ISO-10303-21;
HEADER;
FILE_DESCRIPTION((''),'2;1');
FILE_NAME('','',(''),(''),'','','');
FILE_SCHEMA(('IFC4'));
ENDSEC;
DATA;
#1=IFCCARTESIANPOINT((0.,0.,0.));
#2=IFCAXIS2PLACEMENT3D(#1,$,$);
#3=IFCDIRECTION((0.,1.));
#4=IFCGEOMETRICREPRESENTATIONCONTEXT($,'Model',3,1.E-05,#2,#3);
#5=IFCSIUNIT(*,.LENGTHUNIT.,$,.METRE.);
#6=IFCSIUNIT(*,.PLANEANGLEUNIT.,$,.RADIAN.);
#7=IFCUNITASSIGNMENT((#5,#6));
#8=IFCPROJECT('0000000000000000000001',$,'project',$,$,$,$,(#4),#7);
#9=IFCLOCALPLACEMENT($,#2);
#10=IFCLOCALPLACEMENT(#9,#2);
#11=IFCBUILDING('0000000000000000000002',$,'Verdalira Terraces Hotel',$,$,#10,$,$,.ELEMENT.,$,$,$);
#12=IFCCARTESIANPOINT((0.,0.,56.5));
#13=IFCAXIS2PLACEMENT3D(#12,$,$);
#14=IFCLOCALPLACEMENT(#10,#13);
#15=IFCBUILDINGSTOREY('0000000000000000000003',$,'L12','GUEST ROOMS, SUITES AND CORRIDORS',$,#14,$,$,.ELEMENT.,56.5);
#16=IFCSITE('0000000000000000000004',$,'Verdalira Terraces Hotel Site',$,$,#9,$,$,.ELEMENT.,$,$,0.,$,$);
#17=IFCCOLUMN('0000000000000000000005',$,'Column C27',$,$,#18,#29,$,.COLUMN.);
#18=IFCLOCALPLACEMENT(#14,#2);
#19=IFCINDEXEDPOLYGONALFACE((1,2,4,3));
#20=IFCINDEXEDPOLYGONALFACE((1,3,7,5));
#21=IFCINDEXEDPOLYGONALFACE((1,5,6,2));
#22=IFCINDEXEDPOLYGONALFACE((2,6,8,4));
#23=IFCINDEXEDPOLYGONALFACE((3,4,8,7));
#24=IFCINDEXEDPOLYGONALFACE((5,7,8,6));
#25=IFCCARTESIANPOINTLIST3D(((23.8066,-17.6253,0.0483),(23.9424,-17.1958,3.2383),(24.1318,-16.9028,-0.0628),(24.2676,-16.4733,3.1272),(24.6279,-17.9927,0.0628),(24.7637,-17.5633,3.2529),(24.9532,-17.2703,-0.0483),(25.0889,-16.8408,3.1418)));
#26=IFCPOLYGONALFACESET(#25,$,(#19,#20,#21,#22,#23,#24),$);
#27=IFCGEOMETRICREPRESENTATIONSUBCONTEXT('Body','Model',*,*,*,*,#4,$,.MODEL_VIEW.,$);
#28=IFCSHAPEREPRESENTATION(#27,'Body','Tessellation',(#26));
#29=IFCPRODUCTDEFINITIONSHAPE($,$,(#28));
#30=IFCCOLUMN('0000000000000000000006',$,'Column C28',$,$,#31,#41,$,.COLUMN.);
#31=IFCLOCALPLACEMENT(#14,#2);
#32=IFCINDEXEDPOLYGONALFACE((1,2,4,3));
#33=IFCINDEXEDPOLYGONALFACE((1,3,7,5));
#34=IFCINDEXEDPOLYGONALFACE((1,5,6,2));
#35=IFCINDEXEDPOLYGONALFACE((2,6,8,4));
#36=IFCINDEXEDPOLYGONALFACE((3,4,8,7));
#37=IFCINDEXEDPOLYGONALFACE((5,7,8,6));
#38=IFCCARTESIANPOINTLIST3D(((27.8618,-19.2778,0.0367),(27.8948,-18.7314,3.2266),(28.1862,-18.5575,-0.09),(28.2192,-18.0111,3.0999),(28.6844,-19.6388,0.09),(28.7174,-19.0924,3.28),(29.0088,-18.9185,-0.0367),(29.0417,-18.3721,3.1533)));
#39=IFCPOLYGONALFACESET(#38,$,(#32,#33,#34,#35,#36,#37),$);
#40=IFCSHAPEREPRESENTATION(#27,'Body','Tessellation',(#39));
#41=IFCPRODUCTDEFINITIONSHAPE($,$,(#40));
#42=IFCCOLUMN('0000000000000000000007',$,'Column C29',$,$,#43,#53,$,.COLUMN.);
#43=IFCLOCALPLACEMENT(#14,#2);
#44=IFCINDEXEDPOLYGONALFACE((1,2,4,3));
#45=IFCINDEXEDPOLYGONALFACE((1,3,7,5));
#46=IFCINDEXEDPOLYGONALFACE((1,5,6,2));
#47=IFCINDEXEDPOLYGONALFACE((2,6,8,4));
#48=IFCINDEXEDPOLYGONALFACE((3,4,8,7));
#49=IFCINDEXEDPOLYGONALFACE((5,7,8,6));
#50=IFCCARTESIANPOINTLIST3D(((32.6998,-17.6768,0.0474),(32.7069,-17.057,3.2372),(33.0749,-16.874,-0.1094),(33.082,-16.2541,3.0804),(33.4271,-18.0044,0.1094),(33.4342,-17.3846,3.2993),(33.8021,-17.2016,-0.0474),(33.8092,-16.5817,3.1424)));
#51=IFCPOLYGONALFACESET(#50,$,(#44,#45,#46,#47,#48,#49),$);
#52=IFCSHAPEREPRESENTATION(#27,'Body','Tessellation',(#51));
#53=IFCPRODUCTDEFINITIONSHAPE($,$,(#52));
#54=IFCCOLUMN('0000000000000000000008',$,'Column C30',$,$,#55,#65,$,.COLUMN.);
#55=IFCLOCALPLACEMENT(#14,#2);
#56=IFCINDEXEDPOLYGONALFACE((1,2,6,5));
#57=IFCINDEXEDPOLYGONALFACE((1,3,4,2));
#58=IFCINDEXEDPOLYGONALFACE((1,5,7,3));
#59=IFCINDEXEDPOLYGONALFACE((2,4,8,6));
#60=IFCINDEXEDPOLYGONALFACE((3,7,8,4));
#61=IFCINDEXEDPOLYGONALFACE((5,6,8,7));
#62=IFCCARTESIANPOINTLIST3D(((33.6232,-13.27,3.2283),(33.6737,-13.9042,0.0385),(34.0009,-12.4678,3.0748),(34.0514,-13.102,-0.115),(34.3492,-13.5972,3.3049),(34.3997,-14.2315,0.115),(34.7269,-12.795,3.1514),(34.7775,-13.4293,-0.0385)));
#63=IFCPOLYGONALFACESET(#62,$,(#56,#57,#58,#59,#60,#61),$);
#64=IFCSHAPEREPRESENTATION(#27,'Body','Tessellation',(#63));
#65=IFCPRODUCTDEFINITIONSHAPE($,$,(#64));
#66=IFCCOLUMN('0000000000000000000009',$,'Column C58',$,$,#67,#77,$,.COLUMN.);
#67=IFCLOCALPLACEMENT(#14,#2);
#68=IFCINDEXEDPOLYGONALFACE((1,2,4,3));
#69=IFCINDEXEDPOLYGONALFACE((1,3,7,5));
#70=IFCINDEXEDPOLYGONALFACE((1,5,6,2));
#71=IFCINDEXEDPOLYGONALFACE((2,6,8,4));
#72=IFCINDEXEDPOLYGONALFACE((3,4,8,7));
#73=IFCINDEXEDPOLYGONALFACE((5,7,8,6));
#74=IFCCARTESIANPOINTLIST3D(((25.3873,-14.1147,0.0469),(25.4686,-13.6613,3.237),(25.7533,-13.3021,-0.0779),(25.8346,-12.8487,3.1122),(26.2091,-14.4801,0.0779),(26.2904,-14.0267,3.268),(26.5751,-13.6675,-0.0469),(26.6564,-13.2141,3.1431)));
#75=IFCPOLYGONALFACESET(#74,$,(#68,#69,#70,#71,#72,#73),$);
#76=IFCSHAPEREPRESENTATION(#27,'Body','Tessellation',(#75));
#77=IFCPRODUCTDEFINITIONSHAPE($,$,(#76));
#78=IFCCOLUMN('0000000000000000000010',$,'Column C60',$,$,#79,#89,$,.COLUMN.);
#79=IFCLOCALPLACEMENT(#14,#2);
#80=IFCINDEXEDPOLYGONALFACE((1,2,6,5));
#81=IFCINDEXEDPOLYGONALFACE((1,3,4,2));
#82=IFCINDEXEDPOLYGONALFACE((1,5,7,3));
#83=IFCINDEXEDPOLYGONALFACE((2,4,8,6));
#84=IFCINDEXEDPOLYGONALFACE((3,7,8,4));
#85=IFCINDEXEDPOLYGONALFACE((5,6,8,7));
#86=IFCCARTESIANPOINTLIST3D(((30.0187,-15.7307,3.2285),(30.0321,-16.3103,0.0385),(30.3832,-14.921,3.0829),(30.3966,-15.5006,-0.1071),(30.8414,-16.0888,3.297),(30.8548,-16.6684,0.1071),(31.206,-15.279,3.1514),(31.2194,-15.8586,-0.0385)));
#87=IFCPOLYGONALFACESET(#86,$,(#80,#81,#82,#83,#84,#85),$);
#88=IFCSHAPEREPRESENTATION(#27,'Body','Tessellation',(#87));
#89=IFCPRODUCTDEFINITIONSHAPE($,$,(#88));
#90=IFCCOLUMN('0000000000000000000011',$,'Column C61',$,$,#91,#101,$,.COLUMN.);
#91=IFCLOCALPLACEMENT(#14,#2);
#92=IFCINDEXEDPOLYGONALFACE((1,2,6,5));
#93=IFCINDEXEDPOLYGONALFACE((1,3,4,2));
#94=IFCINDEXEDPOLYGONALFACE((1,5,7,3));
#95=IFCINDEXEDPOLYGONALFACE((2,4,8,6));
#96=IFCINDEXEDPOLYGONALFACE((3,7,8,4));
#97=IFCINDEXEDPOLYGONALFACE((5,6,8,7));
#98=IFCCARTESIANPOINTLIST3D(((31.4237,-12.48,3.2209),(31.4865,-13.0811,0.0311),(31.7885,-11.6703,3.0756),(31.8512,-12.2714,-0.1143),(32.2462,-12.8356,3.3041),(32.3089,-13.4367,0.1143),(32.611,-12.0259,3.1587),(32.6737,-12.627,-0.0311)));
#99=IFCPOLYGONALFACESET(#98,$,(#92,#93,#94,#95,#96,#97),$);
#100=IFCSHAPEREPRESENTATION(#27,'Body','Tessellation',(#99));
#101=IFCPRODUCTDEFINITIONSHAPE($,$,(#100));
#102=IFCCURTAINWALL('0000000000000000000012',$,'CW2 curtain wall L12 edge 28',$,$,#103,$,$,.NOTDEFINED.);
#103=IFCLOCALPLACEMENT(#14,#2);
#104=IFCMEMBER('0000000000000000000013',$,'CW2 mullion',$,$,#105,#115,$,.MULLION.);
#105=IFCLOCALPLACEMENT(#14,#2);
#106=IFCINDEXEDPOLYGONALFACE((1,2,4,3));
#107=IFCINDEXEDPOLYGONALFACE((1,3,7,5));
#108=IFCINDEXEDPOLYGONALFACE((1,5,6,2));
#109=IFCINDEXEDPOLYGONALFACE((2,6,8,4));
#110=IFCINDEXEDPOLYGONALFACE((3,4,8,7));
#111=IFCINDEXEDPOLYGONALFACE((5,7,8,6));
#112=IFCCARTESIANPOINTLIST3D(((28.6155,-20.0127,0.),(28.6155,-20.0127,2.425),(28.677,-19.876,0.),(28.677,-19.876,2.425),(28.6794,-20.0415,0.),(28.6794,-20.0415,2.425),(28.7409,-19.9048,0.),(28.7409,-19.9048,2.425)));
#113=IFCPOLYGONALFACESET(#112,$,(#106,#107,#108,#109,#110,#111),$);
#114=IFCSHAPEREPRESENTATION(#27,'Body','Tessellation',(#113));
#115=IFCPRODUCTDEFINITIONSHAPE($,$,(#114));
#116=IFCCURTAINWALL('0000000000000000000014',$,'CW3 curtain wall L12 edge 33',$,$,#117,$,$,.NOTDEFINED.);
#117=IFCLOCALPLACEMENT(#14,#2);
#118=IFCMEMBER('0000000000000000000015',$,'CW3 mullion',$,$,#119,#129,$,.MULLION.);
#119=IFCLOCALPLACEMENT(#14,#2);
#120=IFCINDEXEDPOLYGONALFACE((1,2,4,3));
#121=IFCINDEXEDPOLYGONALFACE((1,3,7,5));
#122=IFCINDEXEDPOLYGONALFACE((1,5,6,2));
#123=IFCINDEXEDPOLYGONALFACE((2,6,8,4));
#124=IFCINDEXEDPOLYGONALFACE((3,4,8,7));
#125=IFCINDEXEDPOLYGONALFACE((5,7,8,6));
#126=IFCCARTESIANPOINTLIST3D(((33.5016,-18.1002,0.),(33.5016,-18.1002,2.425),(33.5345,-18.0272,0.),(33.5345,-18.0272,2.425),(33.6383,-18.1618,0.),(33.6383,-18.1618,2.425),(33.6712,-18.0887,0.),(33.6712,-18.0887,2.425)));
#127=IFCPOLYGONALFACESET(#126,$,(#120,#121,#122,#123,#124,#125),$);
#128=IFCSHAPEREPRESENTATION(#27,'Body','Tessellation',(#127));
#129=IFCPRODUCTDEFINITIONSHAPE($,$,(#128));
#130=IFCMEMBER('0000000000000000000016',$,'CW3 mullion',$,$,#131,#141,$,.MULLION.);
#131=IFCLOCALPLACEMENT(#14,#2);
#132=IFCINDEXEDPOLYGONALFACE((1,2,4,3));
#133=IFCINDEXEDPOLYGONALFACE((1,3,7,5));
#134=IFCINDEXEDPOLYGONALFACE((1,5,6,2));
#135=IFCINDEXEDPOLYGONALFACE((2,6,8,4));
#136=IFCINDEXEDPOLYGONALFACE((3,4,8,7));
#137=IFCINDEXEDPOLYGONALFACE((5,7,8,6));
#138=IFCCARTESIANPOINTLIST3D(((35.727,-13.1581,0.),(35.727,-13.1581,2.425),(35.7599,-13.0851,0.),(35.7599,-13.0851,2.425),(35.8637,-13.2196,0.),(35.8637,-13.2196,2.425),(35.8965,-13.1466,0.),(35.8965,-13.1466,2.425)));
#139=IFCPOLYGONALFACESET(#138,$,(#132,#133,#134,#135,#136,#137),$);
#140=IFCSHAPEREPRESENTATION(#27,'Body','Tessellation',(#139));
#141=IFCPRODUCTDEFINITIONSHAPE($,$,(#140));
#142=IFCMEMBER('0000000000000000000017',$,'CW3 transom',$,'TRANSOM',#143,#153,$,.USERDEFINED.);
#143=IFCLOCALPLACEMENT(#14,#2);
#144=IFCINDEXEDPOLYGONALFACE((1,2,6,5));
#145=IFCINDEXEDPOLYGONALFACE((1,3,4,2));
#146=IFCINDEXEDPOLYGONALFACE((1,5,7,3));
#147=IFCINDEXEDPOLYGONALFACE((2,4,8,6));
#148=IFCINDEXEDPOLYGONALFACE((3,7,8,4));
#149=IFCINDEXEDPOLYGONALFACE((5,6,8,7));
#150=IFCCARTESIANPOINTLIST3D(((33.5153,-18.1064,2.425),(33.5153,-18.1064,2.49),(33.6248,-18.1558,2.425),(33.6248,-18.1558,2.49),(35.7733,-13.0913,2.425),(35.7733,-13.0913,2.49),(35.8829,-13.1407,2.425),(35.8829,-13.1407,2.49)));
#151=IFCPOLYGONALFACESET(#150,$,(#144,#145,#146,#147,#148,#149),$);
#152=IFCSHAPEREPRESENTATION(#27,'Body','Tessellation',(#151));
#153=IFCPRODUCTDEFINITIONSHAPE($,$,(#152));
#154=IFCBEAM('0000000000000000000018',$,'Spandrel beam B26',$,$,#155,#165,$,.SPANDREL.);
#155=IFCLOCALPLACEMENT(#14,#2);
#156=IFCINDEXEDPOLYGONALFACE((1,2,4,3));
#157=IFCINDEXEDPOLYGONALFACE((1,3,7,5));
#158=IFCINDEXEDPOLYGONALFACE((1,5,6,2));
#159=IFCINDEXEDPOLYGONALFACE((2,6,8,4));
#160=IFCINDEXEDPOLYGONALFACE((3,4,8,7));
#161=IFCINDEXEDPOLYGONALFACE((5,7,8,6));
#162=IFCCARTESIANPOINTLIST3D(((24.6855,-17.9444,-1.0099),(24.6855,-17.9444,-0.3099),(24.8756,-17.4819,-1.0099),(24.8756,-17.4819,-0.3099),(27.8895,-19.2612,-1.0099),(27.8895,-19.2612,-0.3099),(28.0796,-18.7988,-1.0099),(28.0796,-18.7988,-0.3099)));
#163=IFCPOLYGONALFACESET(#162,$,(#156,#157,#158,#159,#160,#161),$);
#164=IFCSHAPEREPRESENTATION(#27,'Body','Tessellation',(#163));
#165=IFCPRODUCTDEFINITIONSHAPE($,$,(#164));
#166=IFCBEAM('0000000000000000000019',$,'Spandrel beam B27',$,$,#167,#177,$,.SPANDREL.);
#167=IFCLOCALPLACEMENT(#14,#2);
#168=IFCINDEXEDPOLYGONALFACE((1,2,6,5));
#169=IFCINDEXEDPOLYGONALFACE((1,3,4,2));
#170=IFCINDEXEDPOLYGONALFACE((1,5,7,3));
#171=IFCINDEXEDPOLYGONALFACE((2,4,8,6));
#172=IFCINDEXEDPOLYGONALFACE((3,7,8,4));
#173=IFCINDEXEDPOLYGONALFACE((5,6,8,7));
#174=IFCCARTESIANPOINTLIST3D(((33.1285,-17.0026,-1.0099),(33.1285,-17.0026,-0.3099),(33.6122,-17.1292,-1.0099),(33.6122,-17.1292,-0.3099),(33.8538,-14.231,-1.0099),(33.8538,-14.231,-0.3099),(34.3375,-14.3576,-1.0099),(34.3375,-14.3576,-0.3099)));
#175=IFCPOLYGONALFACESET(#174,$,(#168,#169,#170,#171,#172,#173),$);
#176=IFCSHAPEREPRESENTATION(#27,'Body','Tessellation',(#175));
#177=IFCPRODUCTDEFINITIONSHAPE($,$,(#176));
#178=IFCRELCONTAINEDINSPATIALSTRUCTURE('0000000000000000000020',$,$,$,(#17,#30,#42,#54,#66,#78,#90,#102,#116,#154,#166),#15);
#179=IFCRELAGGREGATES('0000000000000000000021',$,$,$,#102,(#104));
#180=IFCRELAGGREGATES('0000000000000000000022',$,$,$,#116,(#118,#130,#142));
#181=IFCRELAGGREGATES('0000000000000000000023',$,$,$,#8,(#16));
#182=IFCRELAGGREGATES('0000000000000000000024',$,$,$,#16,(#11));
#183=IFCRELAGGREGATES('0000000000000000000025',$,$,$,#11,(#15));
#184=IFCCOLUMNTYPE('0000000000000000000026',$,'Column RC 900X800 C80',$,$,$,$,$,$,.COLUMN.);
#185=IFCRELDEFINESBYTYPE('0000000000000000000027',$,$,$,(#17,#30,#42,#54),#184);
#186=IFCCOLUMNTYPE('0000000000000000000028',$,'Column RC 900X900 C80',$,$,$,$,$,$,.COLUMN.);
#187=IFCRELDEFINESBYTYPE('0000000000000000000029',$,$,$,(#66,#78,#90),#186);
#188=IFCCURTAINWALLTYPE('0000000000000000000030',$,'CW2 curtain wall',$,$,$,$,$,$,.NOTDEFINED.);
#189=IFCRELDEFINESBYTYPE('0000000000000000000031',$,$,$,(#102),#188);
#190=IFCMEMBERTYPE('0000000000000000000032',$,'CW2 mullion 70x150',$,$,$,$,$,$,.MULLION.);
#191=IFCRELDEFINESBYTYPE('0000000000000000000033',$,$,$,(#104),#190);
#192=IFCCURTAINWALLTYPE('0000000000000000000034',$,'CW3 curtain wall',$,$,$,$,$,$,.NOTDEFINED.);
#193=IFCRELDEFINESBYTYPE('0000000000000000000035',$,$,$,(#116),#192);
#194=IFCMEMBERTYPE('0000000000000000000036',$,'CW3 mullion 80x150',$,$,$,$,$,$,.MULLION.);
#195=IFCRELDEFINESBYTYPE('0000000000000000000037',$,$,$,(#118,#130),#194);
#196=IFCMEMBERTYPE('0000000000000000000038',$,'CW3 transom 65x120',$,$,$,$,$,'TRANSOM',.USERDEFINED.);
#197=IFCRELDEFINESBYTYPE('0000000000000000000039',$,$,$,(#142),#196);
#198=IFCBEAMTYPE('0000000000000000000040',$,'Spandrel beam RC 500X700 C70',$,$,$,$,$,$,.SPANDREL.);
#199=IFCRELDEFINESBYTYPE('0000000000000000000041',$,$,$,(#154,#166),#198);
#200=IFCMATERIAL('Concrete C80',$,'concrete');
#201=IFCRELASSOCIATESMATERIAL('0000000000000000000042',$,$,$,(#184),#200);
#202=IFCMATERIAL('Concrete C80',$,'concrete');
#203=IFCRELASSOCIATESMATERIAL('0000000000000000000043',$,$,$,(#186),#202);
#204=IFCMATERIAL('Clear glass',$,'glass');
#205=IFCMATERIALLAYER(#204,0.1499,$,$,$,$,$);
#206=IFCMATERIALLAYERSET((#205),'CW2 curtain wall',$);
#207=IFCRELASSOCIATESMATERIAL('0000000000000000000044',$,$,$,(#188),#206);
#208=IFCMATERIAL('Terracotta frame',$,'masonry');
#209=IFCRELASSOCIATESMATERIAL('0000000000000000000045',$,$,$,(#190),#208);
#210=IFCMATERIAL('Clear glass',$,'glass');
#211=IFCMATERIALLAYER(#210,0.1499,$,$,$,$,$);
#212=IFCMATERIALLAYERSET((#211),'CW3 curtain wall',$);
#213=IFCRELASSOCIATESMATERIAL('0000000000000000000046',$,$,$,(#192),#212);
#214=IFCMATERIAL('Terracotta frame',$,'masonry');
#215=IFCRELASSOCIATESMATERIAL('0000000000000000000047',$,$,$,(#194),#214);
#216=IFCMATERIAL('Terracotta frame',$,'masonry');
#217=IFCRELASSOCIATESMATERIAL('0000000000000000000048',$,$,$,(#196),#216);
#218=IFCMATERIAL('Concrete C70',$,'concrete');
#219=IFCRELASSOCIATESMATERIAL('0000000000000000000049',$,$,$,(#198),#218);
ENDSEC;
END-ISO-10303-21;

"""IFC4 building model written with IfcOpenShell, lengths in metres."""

from ifc_helpers import new_model, si_unit, direction, frame, origin, origin_2d, place, context, subcontext, project, spatial, rectangle, extrude, material, layer, layer_set, material_profile, profile_set, type_object, element, aggregate, save


model = new_model("IFC4")

# Units and contexts
model_context = context("Model", 3, precision=1e-05, world=origin(), true_north=direction((0.0, 1.0)))
body_context = subcontext(model_context, "Body", "Model", "MODEL_VIEW")
ifc_project = project(units=[si_unit("LENGTHUNIT", "METRE"), si_unit("PLANEANGLEUNIT", "RADIAN")], contexts=[model_context])

# Site, building, storey
site_placement = place(None, origin())
site = spatial("IfcSite", under=ifc_project, at=site_placement, Name="Verdalira Terraces Hotel Site", CompositionType="ELEMENT", RefElevation=0.0)
building_placement = place(site_placement, origin())
building = spatial("IfcBuilding", under=site, at=building_placement, Name="Verdalira Terraces Hotel", CompositionType="ELEMENT")
storey_placement = place(building_placement, frame((0.0, 0.0, 56.5)))
storey = spatial("IfcBuildingStorey", under=building, at=storey_placement, Name="L12", Description="GUEST ROOMS, SUITES AND CORRIDORS", CompositionType="ELEMENT", Elevation=56.5)

# Columns
ifc_material_1 = material(Name="Concrete C80", Category="concrete")
ifc_material_profile_1 = material_profile(ifc_material_1, rectangle(XDim=0.8999, YDim=0.8, at=origin_2d()), Name="RC 900X800")
ifc_profile_set_1 = profile_set([ifc_material_profile_1], Name="Concrete C80")
column_type_1 = type_object("IfcColumnType", Name="Column RC 900X800 C80", PredefinedType="COLUMN", material=ifc_profile_set_1)
column_1_placement = place(storey_placement, frame((24.3799, -17.4478, 0.0), z_axis=(0.042135, 0.133302, 0.990179), x_axis=(0.912681, -0.408354, 0.016137)))
element("IfcColumn", 1, at=column_1_placement, inside=storey, type_object=column_type_1, Name="Column C27", PredefinedType="COLUMN", context=body_context, shape_type="SweptSolid", body=[
    extrude(rectangle(XDim=0.8999, YDim=0.8, at=origin_2d()), origin(), (0.0, 0.0, 1.0), 3.2217),
])
column_2_placement = place(storey_placement, frame((28.4353, -19.0981, 0.0), z_axis=(0.010183, 0.168817, 0.985595), x_axis=(0.914061, -0.401221, 0.059279)))
element("IfcColumn", 2, at=column_2_placement, inside=storey, type_object=column_type_1, Name="Column C28", PredefinedType="COLUMN", context=body_context, shape_type="SweptSolid", body=[
    extrude(rectangle(XDim=0.8999, YDim=0.8, at=origin_2d()), origin(), (0.0, 0.0, 1.0), 3.2366),
])
column_3_placement = place(storey_placement, frame((33.251, -17.4392, 0.0), z_axis=(0.002179, 0.190753, 0.981636), x_axis=(0.41676, 0.892152, -0.174289)))
element("IfcColumn", 3, at=column_3_placement, inside=storey, type_object=column_type_1, Name="Column C29", PredefinedType="COLUMN", context=body_context, shape_type="SweptSolid", body=[
    extrude(rectangle(XDim=0.8999, YDim=0.8, at=origin_2d()), origin(), (0.0, 0.0, 1.0), 3.2495),
])
column_4_placement = place(storey_placement, frame((34.2256, -13.6667, 0.0), z_axis=(-0.015537, 0.194995, 0.980681), x_axis=(0.419773, 0.891451, -0.170603)))
element("IfcColumn", 4, at=column_4_placement, inside=storey, type_object=column_type_1, Name="Column C30", PredefinedType="COLUMN", context=body_context, shape_type="SweptSolid", body=[
    extrude(rectangle(XDim=0.8999, YDim=0.8, at=origin_2d()), origin(), (0.0, 0.0, 1.0), 3.2527),
])
ifc_material_2 = material(Name="Concrete C80", Category="concrete")
ifc_material_profile_2 = material_profile(ifc_material_2, rectangle(XDim=0.8999, YDim=0.8999, at=origin_2d()), Name="RC 900X900")
ifc_profile_set_2 = profile_set([ifc_material_profile_2], Name="Concrete C80")
column_type_2 = type_object("IfcColumnType", Name="Column RC 900X900 C80", PredefinedType="COLUMN", material=ifc_profile_set_2)
column_5_placement = place(storey_placement, frame((25.9812, -13.8911, 0.0), z_axis=(0.025224, 0.140666, 0.989736), x_axis=(0.913223, -0.406003, 0.034429)))
element("IfcColumn", 5, at=column_5_placement, inside=storey, type_object=column_type_2, Name="Column C58", PredefinedType="COLUMN", context=body_context, shape_type="SweptSolid", body=[
    extrude(rectangle(XDim=0.8999, YDim=0.8999, at=origin_2d()), origin(), (0.0, 0.0, 1.0), 3.2231),
])
column_6_placement = place(storey_placement, frame((30.6257, -16.0845, 0.0), z_axis=(-0.004142, 0.178765, 0.983883), x_axis=(0.914267, -0.397892, 0.076143)))
element("IfcColumn", 6, at=column_6_placement, inside=storey, type_object=column_type_2, Name="Column C60", PredefinedType="COLUMN", context=body_context, shape_type="SweptSolid", body=[
    extrude(rectangle(XDim=0.8999, YDim=0.8999, at=origin_2d()), origin(), (0.0, 0.0, 1.0), 3.2422),
])
column_7_placement = place(storey_placement, frame((32.0801, -12.854, 0.0), z_axis=(-0.019326, 0.185135, 0.982523), x_axis=(0.913953, -0.395152, 0.092435)))
element("IfcColumn", 7, at=column_7_placement, inside=storey, type_object=column_type_2, Name="Column C61", PredefinedType="COLUMN", context=body_context, shape_type="SweptSolid", body=[
    extrude(rectangle(XDim=0.8999, YDim=0.8999, at=origin_2d()), origin(), (0.0, 0.0, 1.0), 3.2466),
])

# Curtain wall, member
ifc_material_3 = material(Name="Clear glass", Category="glass")
ifc_layer_1 = layer(ifc_material_3, 0.1499)
ifc_layer_set_1 = layer_set([ifc_layer_1], Name="CW2 curtain wall")
curtain_wall_type_1 = type_object("IfcCurtainWallType", Name="CW2 curtain wall", PredefinedType="NOTDEFINED", material=ifc_layer_set_1)
curtain_wall_1_placement = place(storey_placement, origin())
curtain_wall_1 = element("IfcCurtainWall", 8, at=curtain_wall_1_placement, inside=storey, type_object=curtain_wall_type_1, Name="CW2 curtain wall L12 edge 28", PredefinedType="NOTDEFINED")
ifc_material_4 = material(Name="Terracotta frame", Category="masonry")
ifc_material_profile_3 = material_profile(ifc_material_4, rectangle(XDim=0.0701, YDim=0.1499, at=origin_2d()), Name="MU 70x150")
ifc_profile_set_3 = profile_set([ifc_material_profile_3], Name="Terracotta frame")
member_type_1 = type_object("IfcMemberType", Name="CW2 mullion 70x150", PredefinedType="MULLION", material=ifc_profile_set_3)
member_1_placement = place(storey_placement, frame((28.6782, -19.9587, 0.0), z_axis=(0.0, 0.0, 1.0), x_axis=(0.911834, -0.41056, 0.0)))
member_1 = element("IfcMember", 9, at=member_1_placement, type_object=member_type_1, Name="CW2 mullion", PredefinedType="MULLION", context=body_context, shape_type="SweptSolid", body=[
    extrude(rectangle(XDim=0.0701, YDim=0.1499, at=origin_2d()), origin(), (0.0, 0.0, 1.0), 2.425),
])

# Curtain wall, members
ifc_material_5 = material(Name="Clear glass", Category="glass")
ifc_layer_2 = layer(ifc_material_5, 0.1499)
ifc_layer_set_2 = layer_set([ifc_layer_2], Name="CW3 curtain wall")
curtain_wall_type_2 = type_object("IfcCurtainWallType", Name="CW3 curtain wall", PredefinedType="NOTDEFINED", material=ifc_layer_set_2)
curtain_wall_2_placement = place(storey_placement, origin())
curtain_wall_2 = element("IfcCurtainWall", 10, at=curtain_wall_2_placement, inside=storey, type_object=curtain_wall_type_2, Name="CW3 curtain wall L12 edge 33", PredefinedType="NOTDEFINED")
ifc_material_6 = material(Name="Terracotta frame", Category="masonry")
ifc_material_profile_4 = material_profile(ifc_material_6, rectangle(XDim=0.0801, YDim=0.1499, at=origin_2d()), Name="MU 80x150")
ifc_profile_set_4 = profile_set([ifc_material_profile_4], Name="Terracotta frame")
member_type_2 = type_object("IfcMemberType", Name="CW3 mullion 80x150", PredefinedType="MULLION", material=ifc_profile_set_4)
member_2_placement = place(storey_placement, frame((33.5864, -18.0945, 0.0), z_axis=(0.0, 0.0, 1.0), x_axis=(0.41056, 0.911834, 0.0)))
member_2 = element("IfcMember", 11, at=member_2_placement, type_object=member_type_2, Name="CW3 mullion", PredefinedType="MULLION", context=body_context, shape_type="SweptSolid", body=[
    extrude(rectangle(XDim=0.0801, YDim=0.1499, at=origin_2d()), origin(), (0.0, 0.0, 1.0), 2.425),
])
member_3_placement = place(storey_placement, frame((35.8118, -13.1523, 0.0), z_axis=(0.0, 0.0, 1.0), x_axis=(0.41056, 0.911834, 0.0)))
member_3 = element("IfcMember", 12, at=member_3_placement, type_object=member_type_2, Name="CW3 mullion", PredefinedType="MULLION", context=body_context, shape_type="SweptSolid", body=[
    extrude(rectangle(XDim=0.0801, YDim=0.1499, at=origin_2d()), origin(), (0.0, 0.0, 1.0), 2.425),
])
ifc_material_7 = material(Name="Terracotta frame", Category="masonry")
ifc_material_profile_5 = material_profile(ifc_material_7, rectangle(XDim=0.1201, YDim=0.0649, at=origin_2d()), Name="TR 65x120")
ifc_profile_set_5 = profile_set([ifc_material_profile_5], Name="Terracotta frame")
member_type_3 = type_object("IfcMemberType", Name="CW3 transom 65x120", ElementType="TRANSOM", PredefinedType="USERDEFINED", material=ifc_profile_set_5)
member_4_placement = place(storey_placement, frame((33.5701, -18.1311, 2.4575), z_axis=(0.410553, 0.911837, 0.0), x_axis=(-0.911837, 0.410553, 0.0)))
member_4 = element("IfcMember", 13, at=member_4_placement, type_object=member_type_3, Name="CW3 transom", ObjectType="TRANSOM", PredefinedType="USERDEFINED", context=body_context, shape_type="SweptSolid", body=[
    extrude(rectangle(XDim=0.1201, YDim=0.0649, at=origin_2d()), origin(), (0.0, 0.0, 1.0), 5.5),
])

# Beams
ifc_material_8 = material(Name="Concrete C70", Category="concrete")
ifc_material_profile_6 = material_profile(ifc_material_8, rectangle(XDim=0.5, YDim=0.7, at=origin_2d()), Name="RC 500X700")
ifc_profile_set_6 = profile_set([ifc_material_profile_6], Name="Concrete C70")
beam_type = type_object("IfcBeamType", Name="Spandrel beam RC 500X700 C70", PredefinedType="SPANDREL", material=ifc_profile_set_6)
beam_1_placement = place(storey_placement, frame((24.7805, -17.7131, -0.6599), z_axis=(0.924926, -0.380147, 0.0), x_axis=(0.380147, 0.924926, 0.0)))
element("IfcBeam", 14, at=beam_1_placement, inside=storey, type_object=beam_type, Name="Spandrel beam B26", PredefinedType="SPANDREL", context=body_context, shape_type="SweptSolid", body=[
    extrude(rectangle(XDim=0.5, YDim=0.7, at=origin_2d()), origin(), (0.0, 0.0, 1.0), 3.4641),
])
beam_2_placement = place(storey_placement, frame((33.3704, -17.0659, -0.6599), z_axis=(0.253168, 0.967422, 0.0), x_axis=(-0.967422, 0.253168, 0.0)))
element("IfcBeam", 15, at=beam_2_placement, inside=storey, type_object=beam_type, Name="Spandrel beam B27", PredefinedType="SPANDREL", context=body_context, shape_type="SweptSolid", body=[
    extrude(rectangle(XDim=0.5, YDim=0.7, at=origin_2d()), origin(), (0.0, 0.0, 1.0), 2.865),
])

aggregate(curtain_wall_1, [member_1])
aggregate(curtain_wall_2, [member_2, member_3, member_4])

save(model, "model.ifc")
